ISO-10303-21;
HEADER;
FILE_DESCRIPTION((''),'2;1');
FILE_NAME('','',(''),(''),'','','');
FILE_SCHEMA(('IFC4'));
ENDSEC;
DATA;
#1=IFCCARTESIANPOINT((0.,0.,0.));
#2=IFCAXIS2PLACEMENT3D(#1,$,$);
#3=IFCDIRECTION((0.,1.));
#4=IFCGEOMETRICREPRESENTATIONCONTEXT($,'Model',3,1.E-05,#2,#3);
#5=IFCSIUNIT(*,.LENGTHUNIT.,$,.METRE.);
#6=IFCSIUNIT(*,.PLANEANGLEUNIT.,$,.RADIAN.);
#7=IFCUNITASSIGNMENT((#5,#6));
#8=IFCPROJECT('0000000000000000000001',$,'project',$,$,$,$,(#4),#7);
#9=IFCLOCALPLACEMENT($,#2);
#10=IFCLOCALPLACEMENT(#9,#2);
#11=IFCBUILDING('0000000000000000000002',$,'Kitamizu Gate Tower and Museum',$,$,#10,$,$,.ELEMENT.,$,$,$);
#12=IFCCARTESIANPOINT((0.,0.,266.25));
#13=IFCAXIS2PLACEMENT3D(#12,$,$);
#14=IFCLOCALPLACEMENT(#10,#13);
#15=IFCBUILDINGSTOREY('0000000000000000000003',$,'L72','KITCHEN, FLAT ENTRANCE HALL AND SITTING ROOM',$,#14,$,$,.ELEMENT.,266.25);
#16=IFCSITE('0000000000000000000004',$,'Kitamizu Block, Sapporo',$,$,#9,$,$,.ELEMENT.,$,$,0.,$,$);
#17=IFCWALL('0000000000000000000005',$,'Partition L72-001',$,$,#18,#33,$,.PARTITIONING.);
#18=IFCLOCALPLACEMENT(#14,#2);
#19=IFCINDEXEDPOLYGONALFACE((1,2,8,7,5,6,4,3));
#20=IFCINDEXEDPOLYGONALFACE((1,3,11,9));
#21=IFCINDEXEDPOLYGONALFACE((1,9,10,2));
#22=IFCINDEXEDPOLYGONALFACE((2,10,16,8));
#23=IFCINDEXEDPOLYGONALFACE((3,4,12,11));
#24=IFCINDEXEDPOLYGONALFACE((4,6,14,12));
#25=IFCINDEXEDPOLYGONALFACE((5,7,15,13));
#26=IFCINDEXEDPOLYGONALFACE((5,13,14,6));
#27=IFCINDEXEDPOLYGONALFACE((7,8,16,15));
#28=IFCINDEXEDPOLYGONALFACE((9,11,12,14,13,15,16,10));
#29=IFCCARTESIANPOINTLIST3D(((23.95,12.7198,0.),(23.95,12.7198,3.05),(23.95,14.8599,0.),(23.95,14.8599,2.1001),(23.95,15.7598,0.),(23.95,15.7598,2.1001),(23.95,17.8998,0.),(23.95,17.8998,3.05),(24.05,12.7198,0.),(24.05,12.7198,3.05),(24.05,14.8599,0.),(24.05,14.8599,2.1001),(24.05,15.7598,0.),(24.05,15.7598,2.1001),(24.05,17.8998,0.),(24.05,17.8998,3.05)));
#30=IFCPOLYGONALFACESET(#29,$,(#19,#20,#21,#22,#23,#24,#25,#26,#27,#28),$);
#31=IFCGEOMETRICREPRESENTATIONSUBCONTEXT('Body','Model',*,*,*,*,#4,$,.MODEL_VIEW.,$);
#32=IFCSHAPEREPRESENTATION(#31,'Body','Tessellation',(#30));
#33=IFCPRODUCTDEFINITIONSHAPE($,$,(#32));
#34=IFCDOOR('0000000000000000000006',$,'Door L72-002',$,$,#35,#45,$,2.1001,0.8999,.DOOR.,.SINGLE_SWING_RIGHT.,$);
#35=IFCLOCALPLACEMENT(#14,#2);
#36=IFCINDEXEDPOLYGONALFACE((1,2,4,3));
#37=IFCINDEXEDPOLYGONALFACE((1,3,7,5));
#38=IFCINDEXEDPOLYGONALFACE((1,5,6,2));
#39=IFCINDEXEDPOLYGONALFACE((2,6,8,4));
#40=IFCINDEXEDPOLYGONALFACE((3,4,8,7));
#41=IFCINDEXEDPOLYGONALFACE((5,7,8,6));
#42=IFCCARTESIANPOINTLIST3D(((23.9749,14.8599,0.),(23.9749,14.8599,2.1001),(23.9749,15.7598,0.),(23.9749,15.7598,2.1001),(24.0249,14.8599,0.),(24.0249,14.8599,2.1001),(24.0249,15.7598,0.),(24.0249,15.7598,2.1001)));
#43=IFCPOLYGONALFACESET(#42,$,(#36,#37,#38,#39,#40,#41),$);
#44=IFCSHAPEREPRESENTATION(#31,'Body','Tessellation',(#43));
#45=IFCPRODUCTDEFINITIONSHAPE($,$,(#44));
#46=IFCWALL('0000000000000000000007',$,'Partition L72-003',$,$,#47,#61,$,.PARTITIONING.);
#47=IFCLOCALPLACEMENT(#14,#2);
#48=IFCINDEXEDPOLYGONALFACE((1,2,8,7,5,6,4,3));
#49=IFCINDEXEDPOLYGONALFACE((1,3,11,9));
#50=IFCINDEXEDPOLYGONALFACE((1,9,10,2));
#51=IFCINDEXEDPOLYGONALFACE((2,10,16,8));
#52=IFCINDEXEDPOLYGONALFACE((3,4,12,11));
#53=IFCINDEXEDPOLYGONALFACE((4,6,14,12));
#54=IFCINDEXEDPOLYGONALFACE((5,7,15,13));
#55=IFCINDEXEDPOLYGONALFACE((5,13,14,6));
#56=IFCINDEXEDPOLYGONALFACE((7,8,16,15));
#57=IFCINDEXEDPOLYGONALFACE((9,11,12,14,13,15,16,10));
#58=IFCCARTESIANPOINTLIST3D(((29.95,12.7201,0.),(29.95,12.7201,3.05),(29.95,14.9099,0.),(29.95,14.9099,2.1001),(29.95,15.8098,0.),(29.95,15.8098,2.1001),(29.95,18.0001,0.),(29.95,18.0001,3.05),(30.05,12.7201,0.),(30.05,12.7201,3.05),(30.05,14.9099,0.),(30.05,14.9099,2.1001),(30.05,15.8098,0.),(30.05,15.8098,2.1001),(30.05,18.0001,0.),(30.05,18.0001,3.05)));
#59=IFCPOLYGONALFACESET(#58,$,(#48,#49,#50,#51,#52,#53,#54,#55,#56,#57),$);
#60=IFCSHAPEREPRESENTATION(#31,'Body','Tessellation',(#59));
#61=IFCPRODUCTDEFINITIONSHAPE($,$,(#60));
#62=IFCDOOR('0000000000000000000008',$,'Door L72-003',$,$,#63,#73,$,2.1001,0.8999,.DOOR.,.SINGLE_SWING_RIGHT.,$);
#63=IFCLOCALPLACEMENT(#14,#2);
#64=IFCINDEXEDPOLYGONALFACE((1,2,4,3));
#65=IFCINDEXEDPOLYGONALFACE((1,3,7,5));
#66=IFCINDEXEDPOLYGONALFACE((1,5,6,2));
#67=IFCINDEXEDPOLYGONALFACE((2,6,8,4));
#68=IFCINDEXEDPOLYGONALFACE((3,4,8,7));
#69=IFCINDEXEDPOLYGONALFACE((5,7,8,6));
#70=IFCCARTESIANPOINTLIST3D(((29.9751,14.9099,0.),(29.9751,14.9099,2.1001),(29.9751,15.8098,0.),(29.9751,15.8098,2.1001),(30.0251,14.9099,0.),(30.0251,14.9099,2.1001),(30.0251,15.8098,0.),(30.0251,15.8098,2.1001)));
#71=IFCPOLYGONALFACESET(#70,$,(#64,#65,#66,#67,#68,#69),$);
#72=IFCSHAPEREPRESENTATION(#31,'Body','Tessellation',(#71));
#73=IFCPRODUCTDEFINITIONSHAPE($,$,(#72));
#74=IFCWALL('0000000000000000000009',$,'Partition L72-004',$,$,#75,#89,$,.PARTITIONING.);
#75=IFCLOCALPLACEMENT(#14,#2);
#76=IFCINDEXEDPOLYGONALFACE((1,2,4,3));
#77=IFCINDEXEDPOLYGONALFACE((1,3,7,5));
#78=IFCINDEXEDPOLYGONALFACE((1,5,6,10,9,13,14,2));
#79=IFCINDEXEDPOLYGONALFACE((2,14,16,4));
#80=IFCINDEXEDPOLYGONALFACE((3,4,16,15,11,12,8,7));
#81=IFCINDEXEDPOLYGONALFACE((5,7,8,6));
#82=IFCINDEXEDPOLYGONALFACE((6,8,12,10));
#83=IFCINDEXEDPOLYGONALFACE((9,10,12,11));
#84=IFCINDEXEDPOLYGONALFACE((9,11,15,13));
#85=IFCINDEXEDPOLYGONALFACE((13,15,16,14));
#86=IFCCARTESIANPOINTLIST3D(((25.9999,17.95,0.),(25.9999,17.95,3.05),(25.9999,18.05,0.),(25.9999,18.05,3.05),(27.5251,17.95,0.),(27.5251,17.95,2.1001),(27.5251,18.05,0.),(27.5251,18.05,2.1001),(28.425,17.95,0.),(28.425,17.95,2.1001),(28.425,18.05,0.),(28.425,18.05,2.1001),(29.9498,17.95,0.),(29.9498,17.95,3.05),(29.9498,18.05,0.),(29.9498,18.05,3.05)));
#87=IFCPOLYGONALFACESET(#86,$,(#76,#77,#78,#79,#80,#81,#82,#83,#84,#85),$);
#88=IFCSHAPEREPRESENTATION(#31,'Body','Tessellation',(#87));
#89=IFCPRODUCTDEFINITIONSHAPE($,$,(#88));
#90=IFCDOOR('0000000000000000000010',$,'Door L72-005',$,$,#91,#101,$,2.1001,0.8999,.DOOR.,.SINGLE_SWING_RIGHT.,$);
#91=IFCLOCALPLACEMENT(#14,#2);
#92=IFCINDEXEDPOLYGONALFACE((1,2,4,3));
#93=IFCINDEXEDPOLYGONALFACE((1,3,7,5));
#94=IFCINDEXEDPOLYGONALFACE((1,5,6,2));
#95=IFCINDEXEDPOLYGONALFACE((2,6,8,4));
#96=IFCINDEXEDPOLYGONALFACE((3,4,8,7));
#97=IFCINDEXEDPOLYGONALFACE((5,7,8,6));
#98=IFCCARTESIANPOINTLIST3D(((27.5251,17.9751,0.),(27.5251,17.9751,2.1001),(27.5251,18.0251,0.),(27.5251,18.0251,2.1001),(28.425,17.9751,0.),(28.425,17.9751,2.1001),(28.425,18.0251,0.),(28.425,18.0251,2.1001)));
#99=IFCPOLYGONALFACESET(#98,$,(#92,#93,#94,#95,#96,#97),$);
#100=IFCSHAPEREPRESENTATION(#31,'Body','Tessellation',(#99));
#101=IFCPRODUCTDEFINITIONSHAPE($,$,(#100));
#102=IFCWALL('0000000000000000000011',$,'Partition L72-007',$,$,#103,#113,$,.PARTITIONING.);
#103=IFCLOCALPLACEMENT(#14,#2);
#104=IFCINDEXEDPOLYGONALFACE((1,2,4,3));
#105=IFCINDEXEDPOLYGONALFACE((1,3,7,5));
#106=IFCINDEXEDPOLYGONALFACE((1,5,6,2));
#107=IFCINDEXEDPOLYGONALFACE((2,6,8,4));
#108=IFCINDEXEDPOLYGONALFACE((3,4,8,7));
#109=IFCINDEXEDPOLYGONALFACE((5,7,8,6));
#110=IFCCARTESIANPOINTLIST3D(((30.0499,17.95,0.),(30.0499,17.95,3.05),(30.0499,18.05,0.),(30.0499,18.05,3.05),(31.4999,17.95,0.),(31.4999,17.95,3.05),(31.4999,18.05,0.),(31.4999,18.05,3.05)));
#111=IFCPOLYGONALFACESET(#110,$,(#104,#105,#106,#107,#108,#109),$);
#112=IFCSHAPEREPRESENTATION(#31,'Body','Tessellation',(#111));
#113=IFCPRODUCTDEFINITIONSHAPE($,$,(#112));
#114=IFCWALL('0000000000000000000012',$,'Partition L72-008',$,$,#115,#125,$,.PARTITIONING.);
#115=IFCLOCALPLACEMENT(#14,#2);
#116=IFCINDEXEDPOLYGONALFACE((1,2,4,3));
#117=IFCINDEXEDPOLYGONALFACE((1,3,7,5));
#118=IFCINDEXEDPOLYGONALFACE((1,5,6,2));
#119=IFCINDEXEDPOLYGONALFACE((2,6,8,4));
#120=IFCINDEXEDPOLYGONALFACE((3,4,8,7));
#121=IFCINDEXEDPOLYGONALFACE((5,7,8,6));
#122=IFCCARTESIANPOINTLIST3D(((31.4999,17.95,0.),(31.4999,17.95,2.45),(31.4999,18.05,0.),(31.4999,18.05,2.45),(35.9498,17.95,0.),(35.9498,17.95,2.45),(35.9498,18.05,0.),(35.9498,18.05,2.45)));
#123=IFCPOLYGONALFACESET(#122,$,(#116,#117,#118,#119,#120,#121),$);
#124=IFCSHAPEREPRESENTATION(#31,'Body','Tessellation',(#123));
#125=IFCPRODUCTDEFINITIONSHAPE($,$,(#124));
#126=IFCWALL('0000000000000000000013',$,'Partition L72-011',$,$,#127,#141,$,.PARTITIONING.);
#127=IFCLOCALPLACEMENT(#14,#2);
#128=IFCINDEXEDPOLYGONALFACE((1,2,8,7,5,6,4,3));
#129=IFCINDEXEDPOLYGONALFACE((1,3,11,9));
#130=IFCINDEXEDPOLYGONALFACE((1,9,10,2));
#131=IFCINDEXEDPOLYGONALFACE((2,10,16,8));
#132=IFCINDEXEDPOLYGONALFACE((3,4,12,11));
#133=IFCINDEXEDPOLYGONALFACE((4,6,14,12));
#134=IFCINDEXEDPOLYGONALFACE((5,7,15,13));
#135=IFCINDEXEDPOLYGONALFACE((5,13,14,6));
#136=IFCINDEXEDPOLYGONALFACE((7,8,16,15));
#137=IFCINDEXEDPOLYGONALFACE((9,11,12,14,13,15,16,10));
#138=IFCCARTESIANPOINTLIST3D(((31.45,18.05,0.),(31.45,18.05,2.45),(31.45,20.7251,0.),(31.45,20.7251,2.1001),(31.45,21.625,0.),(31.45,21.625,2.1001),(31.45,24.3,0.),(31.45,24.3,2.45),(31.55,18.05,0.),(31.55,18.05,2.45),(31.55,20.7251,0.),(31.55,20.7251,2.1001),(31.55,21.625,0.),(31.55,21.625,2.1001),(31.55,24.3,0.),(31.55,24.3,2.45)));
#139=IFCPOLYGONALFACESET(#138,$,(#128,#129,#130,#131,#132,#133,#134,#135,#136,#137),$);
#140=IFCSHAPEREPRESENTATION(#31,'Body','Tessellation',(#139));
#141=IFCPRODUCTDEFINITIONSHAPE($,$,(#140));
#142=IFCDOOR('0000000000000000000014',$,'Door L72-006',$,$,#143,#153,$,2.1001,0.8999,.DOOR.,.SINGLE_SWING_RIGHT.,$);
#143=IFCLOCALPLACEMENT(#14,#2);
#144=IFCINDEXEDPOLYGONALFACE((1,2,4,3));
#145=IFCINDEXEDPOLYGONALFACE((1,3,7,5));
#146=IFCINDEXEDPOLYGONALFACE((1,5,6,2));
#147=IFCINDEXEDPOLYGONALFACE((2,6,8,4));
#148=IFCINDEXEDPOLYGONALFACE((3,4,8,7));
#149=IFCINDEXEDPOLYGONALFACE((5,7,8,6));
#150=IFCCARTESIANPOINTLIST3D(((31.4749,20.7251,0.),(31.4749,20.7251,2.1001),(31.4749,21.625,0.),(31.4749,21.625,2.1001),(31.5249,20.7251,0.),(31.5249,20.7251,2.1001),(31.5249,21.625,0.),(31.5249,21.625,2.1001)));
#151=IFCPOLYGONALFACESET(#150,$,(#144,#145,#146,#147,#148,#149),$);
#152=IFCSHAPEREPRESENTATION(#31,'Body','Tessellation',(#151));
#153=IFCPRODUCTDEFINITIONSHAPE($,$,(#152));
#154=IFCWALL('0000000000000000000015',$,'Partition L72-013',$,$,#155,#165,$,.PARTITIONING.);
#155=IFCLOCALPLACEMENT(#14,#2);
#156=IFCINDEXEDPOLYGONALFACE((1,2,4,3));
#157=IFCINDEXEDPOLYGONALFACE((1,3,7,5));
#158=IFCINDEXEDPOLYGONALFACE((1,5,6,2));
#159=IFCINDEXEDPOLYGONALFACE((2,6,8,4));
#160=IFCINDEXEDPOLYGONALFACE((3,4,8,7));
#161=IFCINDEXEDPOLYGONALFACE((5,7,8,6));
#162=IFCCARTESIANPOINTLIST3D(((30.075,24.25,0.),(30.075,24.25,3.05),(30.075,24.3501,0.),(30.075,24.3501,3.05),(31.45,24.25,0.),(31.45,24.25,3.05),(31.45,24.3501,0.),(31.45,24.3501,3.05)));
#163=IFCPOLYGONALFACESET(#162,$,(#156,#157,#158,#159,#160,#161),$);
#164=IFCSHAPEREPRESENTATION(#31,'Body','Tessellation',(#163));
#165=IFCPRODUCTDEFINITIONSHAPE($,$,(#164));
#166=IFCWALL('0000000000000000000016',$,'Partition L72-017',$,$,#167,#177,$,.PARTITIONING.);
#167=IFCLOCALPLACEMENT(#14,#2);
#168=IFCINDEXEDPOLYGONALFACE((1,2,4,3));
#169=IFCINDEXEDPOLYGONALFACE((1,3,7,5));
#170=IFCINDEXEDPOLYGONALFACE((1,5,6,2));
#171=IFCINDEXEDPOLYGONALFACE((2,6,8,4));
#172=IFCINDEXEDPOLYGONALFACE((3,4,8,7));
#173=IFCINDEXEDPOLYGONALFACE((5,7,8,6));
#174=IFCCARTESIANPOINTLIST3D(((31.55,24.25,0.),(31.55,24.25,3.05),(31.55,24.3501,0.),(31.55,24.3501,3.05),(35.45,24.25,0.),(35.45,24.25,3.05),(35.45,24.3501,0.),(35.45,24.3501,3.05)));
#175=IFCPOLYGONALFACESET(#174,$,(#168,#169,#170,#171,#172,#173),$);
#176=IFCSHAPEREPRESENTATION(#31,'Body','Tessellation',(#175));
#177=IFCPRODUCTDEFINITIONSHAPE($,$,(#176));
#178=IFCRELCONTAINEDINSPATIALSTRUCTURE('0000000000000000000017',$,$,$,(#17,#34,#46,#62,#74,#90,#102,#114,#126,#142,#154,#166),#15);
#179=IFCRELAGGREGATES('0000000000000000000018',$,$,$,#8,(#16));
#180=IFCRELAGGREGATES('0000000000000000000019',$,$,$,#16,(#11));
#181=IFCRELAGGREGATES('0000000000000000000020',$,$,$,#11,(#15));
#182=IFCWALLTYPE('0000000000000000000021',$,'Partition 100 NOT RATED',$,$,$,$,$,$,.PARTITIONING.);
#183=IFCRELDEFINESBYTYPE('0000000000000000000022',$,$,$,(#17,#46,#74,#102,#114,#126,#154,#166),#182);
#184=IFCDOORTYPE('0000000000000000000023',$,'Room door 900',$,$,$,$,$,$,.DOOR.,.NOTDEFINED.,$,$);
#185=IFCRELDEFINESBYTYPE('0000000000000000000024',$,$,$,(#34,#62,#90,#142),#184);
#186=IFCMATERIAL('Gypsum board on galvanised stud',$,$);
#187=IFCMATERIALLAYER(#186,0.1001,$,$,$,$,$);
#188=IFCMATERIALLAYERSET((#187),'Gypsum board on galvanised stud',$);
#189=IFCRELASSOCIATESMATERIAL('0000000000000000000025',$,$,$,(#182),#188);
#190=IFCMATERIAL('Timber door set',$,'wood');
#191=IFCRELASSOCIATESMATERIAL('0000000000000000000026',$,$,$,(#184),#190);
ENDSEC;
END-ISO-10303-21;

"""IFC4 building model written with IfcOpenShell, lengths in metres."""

from ifc_helpers import new_model, si_unit, direction, frame, frame_2d, origin, place, context, subcontext, project, spatial, rectangle, extrude, material, layer, layer_set, type_object, element, fill, save


model = new_model("IFC4")

# Units and contexts
model_context = context("Model", 3, precision=1e-05, world=origin(), true_north=direction((0.0, 1.0)))
body_context = subcontext(model_context, "Body", "Model", "MODEL_VIEW")
ifc_project = project(units=[si_unit("LENGTHUNIT", "METRE"), si_unit("PLANEANGLEUNIT", "RADIAN")], contexts=[model_context])

# Site, building, storey
site_placement = place(None, origin())
site = spatial("IfcSite", under=ifc_project, at=site_placement, Name="Kitamizu Block, Sapporo", CompositionType="ELEMENT", RefElevation=0.0)
building_placement = place(site_placement, origin())
building = spatial("IfcBuilding", under=site, at=building_placement, Name="Kitamizu Gate Tower and Museum", CompositionType="ELEMENT")
storey_placement = place(building_placement, frame((0.0, 0.0, 266.25)))
storey = spatial("IfcBuildingStorey", under=building, at=storey_placement, Name="L72", Description="KITCHEN, FLAT ENTRANCE HALL AND SITTING ROOM", CompositionType="ELEMENT", Elevation=266.25)

# Walls, openings, doors
ifc_material_1 = material(Name="Gypsum board on galvanised stud")
ifc_layer_1 = layer(ifc_material_1, 0.1001)
ifc_layer_set_1 = layer_set([ifc_layer_1], Name="Gypsum board on galvanised stud")
wall_type_1 = type_object("IfcWallType", Name="Partition 100 NOT RATED", PredefinedType="PARTITIONING", material=ifc_layer_set_1)
wall_1_placement = place(storey_placement, frame((24.0, 12.72, 0.0), z_axis=(0.0, 0.0, 1.0), x_axis=(0.0, 1.0, 0.0)))
wall_1 = element("IfcWall", 1, at=wall_1_placement, inside=storey, type_object=wall_type_1, Name="Partition L72-001", PredefinedType="PARTITIONING", context=body_context, shape_type="SweptSolid", body=[
    extrude(rectangle(XDim=5.1799, YDim=0.1001, at=frame_2d((2.5898, 0.0))), origin(), (0.0, 0.0, 1.0), 3.05),
])
opening_1_placement = place(wall_1_placement, frame((2.1399, 0.0, 0.0)))
opening_1 = element("IfcOpeningElement", 2, at=opening_1_placement, cuts=wall_1, PredefinedType="OPENING", context=body_context, shape_type="SweptSolid", body=[
    extrude(rectangle(XDim=0.8999, YDim=2.1001, at=frame_2d((0.45, 1.05))), frame((0.0, 0.0601, 0.0), z_axis=(0.0, -1.0, 0.0), x_axis=(1.0, 0.0, 0.0)), (0.0, 0.0, 1.0), 0.1201),
])
ifc_material_2 = material(Name="Timber door set", Category="wood")
door_type_1 = type_object("IfcDoorType", Name="Room door 900", OperationType="NOTDEFINED", PredefinedType="DOOR", material=ifc_material_2)
door_1_placement = place(opening_1_placement, frame((0.8999, 0.0, 0.0), x_axis=(-1.0, 0.0, 0.0)))
door_1 = element("IfcDoor", 3, at=door_1_placement, inside=storey, type_object=door_type_1, Name="Door L72-002", OperationType="SINGLE_SWING_RIGHT", OverallHeight=2.1001, OverallWidth=0.8999, PredefinedType="DOOR", context=body_context, shape_type="SweptSolid", body=[
    extrude(rectangle(XDim=0.8999, YDim=2.1001, at=frame_2d((0.45, 1.05))), frame((0.0, 0.0249, 0.0), z_axis=(0.0, -1.0, 0.0), x_axis=(1.0, 0.0, 0.0)), (0.0, 0.0, 1.0), 0.05),
])
fill(opening_1, door_1)
wall_2_placement = place(storey_placement, frame((30.0, 12.72, 0.0), z_axis=(0.0, 0.0, 1.0), x_axis=(0.0, 1.0, 0.0)))
wall_2 = element("IfcWall", 4, at=wall_2_placement, inside=storey, type_object=wall_type_1, Name="Partition L72-003", PredefinedType="PARTITIONING", context=body_context, shape_type="SweptSolid", body=[
    extrude(rectangle(XDim=5.28, YDim=0.1001, at=frame_2d((2.6401, 0.0))), origin(), (0.0, 0.0, 1.0), 3.05),
])
opening_2_placement = place(wall_2_placement, frame((2.1899, 0.0, 0.0)))
opening_2 = element("IfcOpeningElement", 5, at=opening_2_placement, cuts=wall_2, PredefinedType="OPENING", context=body_context, shape_type="SweptSolid", body=[
    extrude(rectangle(XDim=0.8999, YDim=2.1001, at=frame_2d((0.45, 1.05))), frame((0.0, 0.0601, 0.0), z_axis=(0.0, -1.0, 0.0), x_axis=(1.0, 0.0, 0.0)), (0.0, 0.0, 1.0), 0.1201),
])
door_2_placement = place(opening_2_placement, origin())
door_2 = element("IfcDoor", 6, at=door_2_placement, inside=storey, type_object=door_type_1, Name="Door L72-003", OperationType="SINGLE_SWING_RIGHT", OverallHeight=2.1001, OverallWidth=0.8999, PredefinedType="DOOR", context=body_context, shape_type="SweptSolid", body=[
    extrude(rectangle(XDim=0.8999, YDim=2.1001, at=frame_2d((0.45, 1.05))), frame((0.0, 0.0249, 0.0), z_axis=(0.0, -1.0, 0.0), x_axis=(1.0, 0.0, 0.0)), (0.0, 0.0, 1.0), 0.05),
])
fill(opening_2, door_2)
wall_3_placement = place(storey_placement, frame((29.95, 18.0, 0.0), z_axis=(0.0, 0.0, 1.0), x_axis=(-1.0, 0.0, 0.0)))
wall_3 = element("IfcWall", 7, at=wall_3_placement, inside=storey, type_object=wall_type_1, Name="Partition L72-004", PredefinedType="PARTITIONING", context=body_context, shape_type="SweptSolid", body=[
    extrude(rectangle(XDim=3.95, YDim=0.1001, at=frame_2d((1.9751, 0.0))), origin(), (0.0, 0.0, 1.0), 3.05),
])
opening_3_placement = place(wall_3_placement, frame((1.5249, 0.0, 0.0)))
opening_3 = element("IfcOpeningElement", 8, at=opening_3_placement, cuts=wall_3, PredefinedType="OPENING", context=body_context, shape_type="SweptSolid", body=[
    extrude(rectangle(XDim=0.8999, YDim=2.1001, at=frame_2d((0.45, 1.05))), frame((0.0, 0.0601, 0.0), z_axis=(0.0, -1.0, 0.0), x_axis=(1.0, 0.0, 0.0)), (0.0, 0.0, 1.0), 0.1201),
])
door_3_placement = place(opening_3_placement, origin())
door_3 = element("IfcDoor", 9, at=door_3_placement, inside=storey, type_object=door_type_1, Name="Door L72-005", OperationType="SINGLE_SWING_RIGHT", OverallHeight=2.1001, OverallWidth=0.8999, PredefinedType="DOOR", context=body_context, shape_type="SweptSolid", body=[
    extrude(rectangle(XDim=0.8999, YDim=2.1001, at=frame_2d((0.45, 1.05))), frame((0.0, 0.0249, 0.0), z_axis=(0.0, -1.0, 0.0), x_axis=(1.0, 0.0, 0.0)), (0.0, 0.0, 1.0), 0.05),
])
fill(opening_3, door_3)

# Walls
wall_4_placement = place(storey_placement, frame((31.5, 18.0, 0.0), z_axis=(0.0, 0.0, 1.0), x_axis=(-1.0, 0.0, 0.0)))
element("IfcWall", 10, at=wall_4_placement, inside=storey, type_object=wall_type_1, Name="Partition L72-007", PredefinedType="PARTITIONING", context=body_context, shape_type="SweptSolid", body=[
    extrude(rectangle(XDim=1.45, YDim=0.1001, at=frame_2d((0.7251, 0.0))), origin(), (0.0, 0.0, 1.0), 3.05),
])
wall_5_placement = place(storey_placement, frame((35.95, 18.0, 0.0), z_axis=(0.0, 0.0, 1.0), x_axis=(-1.0, 0.0, 0.0)))
element("IfcWall", 11, at=wall_5_placement, inside=storey, type_object=wall_type_1, Name="Partition L72-008", PredefinedType="PARTITIONING", context=body_context, shape_type="SweptSolid", body=[
    extrude(rectangle(XDim=4.45, YDim=0.1001, at=frame_2d((2.2251, 0.0))), origin(), (0.0, 0.0, 1.0), 2.45),
])

# Wall, opening, door
wall_6_placement = place(storey_placement, frame((31.5, 18.05, 0.0), z_axis=(0.0, 0.0, 1.0), x_axis=(0.0, 1.0, 0.0)))
wall_6 = element("IfcWall", 12, at=wall_6_placement, inside=storey, type_object=wall_type_1, Name="Partition L72-011", PredefinedType="PARTITIONING", context=body_context, shape_type="SweptSolid", body=[
    extrude(rectangle(XDim=6.25, YDim=0.1001, at=frame_2d((3.125, 0.0))), origin(), (0.0, 0.0, 1.0), 2.45),
])
opening_4_placement = place(wall_6_placement, frame((2.675, 0.0, 0.0)))
opening_4 = element("IfcOpeningElement", 13, at=opening_4_placement, cuts=wall_6, PredefinedType="OPENING", context=body_context, shape_type="SweptSolid", body=[
    extrude(rectangle(XDim=0.8999, YDim=2.1001, at=frame_2d((0.45, 1.05))), frame((0.0, 0.0601, 0.0), z_axis=(0.0, -1.0, 0.0), x_axis=(1.0, 0.0, 0.0)), (0.0, 0.0, 1.0), 0.1201),
])
door_4_placement = place(opening_4_placement, frame((0.8999, 0.0, 0.0), x_axis=(-1.0, 0.0, 0.0)))
door_4 = element("IfcDoor", 14, at=door_4_placement, inside=storey, type_object=door_type_1, Name="Door L72-006", OperationType="SINGLE_SWING_RIGHT", OverallHeight=2.1001, OverallWidth=0.8999, PredefinedType="DOOR", context=body_context, shape_type="SweptSolid", body=[
    extrude(rectangle(XDim=0.8999, YDim=2.1001, at=frame_2d((0.45, 1.05))), frame((0.0, 0.0249, 0.0), z_axis=(0.0, -1.0, 0.0), x_axis=(1.0, 0.0, 0.0)), (0.0, 0.0, 1.0), 0.05),
])
fill(opening_4, door_4)

# Walls
wall_7_placement = place(storey_placement, frame((31.45, 24.3, 0.0), z_axis=(0.0, 0.0, 1.0), x_axis=(-1.0, 0.0, 0.0)))
element("IfcWall", 15, at=wall_7_placement, inside=storey, type_object=wall_type_1, Name="Partition L72-013", PredefinedType="PARTITIONING", context=body_context, shape_type="SweptSolid", body=[
    extrude(rectangle(XDim=1.375, YDim=0.1001, at=frame_2d((0.6875, 0.0))), origin(), (0.0, 0.0, 1.0), 3.05),
])
wall_8_placement = place(storey_placement, frame((35.45, 24.3, 0.0), z_axis=(0.0, 0.0, 1.0), x_axis=(-1.0, 0.0, 0.0)))
element("IfcWall", 16, at=wall_8_placement, inside=storey, type_object=wall_type_1, Name="Partition L72-017", PredefinedType="PARTITIONING", context=body_context, shape_type="SweptSolid", body=[
    extrude(rectangle(XDim=3.8999, YDim=0.1001, at=frame_2d((1.95, 0.0))), origin(), (0.0, 0.0, 1.0), 3.05),
])

save(model, "model.ifc")
